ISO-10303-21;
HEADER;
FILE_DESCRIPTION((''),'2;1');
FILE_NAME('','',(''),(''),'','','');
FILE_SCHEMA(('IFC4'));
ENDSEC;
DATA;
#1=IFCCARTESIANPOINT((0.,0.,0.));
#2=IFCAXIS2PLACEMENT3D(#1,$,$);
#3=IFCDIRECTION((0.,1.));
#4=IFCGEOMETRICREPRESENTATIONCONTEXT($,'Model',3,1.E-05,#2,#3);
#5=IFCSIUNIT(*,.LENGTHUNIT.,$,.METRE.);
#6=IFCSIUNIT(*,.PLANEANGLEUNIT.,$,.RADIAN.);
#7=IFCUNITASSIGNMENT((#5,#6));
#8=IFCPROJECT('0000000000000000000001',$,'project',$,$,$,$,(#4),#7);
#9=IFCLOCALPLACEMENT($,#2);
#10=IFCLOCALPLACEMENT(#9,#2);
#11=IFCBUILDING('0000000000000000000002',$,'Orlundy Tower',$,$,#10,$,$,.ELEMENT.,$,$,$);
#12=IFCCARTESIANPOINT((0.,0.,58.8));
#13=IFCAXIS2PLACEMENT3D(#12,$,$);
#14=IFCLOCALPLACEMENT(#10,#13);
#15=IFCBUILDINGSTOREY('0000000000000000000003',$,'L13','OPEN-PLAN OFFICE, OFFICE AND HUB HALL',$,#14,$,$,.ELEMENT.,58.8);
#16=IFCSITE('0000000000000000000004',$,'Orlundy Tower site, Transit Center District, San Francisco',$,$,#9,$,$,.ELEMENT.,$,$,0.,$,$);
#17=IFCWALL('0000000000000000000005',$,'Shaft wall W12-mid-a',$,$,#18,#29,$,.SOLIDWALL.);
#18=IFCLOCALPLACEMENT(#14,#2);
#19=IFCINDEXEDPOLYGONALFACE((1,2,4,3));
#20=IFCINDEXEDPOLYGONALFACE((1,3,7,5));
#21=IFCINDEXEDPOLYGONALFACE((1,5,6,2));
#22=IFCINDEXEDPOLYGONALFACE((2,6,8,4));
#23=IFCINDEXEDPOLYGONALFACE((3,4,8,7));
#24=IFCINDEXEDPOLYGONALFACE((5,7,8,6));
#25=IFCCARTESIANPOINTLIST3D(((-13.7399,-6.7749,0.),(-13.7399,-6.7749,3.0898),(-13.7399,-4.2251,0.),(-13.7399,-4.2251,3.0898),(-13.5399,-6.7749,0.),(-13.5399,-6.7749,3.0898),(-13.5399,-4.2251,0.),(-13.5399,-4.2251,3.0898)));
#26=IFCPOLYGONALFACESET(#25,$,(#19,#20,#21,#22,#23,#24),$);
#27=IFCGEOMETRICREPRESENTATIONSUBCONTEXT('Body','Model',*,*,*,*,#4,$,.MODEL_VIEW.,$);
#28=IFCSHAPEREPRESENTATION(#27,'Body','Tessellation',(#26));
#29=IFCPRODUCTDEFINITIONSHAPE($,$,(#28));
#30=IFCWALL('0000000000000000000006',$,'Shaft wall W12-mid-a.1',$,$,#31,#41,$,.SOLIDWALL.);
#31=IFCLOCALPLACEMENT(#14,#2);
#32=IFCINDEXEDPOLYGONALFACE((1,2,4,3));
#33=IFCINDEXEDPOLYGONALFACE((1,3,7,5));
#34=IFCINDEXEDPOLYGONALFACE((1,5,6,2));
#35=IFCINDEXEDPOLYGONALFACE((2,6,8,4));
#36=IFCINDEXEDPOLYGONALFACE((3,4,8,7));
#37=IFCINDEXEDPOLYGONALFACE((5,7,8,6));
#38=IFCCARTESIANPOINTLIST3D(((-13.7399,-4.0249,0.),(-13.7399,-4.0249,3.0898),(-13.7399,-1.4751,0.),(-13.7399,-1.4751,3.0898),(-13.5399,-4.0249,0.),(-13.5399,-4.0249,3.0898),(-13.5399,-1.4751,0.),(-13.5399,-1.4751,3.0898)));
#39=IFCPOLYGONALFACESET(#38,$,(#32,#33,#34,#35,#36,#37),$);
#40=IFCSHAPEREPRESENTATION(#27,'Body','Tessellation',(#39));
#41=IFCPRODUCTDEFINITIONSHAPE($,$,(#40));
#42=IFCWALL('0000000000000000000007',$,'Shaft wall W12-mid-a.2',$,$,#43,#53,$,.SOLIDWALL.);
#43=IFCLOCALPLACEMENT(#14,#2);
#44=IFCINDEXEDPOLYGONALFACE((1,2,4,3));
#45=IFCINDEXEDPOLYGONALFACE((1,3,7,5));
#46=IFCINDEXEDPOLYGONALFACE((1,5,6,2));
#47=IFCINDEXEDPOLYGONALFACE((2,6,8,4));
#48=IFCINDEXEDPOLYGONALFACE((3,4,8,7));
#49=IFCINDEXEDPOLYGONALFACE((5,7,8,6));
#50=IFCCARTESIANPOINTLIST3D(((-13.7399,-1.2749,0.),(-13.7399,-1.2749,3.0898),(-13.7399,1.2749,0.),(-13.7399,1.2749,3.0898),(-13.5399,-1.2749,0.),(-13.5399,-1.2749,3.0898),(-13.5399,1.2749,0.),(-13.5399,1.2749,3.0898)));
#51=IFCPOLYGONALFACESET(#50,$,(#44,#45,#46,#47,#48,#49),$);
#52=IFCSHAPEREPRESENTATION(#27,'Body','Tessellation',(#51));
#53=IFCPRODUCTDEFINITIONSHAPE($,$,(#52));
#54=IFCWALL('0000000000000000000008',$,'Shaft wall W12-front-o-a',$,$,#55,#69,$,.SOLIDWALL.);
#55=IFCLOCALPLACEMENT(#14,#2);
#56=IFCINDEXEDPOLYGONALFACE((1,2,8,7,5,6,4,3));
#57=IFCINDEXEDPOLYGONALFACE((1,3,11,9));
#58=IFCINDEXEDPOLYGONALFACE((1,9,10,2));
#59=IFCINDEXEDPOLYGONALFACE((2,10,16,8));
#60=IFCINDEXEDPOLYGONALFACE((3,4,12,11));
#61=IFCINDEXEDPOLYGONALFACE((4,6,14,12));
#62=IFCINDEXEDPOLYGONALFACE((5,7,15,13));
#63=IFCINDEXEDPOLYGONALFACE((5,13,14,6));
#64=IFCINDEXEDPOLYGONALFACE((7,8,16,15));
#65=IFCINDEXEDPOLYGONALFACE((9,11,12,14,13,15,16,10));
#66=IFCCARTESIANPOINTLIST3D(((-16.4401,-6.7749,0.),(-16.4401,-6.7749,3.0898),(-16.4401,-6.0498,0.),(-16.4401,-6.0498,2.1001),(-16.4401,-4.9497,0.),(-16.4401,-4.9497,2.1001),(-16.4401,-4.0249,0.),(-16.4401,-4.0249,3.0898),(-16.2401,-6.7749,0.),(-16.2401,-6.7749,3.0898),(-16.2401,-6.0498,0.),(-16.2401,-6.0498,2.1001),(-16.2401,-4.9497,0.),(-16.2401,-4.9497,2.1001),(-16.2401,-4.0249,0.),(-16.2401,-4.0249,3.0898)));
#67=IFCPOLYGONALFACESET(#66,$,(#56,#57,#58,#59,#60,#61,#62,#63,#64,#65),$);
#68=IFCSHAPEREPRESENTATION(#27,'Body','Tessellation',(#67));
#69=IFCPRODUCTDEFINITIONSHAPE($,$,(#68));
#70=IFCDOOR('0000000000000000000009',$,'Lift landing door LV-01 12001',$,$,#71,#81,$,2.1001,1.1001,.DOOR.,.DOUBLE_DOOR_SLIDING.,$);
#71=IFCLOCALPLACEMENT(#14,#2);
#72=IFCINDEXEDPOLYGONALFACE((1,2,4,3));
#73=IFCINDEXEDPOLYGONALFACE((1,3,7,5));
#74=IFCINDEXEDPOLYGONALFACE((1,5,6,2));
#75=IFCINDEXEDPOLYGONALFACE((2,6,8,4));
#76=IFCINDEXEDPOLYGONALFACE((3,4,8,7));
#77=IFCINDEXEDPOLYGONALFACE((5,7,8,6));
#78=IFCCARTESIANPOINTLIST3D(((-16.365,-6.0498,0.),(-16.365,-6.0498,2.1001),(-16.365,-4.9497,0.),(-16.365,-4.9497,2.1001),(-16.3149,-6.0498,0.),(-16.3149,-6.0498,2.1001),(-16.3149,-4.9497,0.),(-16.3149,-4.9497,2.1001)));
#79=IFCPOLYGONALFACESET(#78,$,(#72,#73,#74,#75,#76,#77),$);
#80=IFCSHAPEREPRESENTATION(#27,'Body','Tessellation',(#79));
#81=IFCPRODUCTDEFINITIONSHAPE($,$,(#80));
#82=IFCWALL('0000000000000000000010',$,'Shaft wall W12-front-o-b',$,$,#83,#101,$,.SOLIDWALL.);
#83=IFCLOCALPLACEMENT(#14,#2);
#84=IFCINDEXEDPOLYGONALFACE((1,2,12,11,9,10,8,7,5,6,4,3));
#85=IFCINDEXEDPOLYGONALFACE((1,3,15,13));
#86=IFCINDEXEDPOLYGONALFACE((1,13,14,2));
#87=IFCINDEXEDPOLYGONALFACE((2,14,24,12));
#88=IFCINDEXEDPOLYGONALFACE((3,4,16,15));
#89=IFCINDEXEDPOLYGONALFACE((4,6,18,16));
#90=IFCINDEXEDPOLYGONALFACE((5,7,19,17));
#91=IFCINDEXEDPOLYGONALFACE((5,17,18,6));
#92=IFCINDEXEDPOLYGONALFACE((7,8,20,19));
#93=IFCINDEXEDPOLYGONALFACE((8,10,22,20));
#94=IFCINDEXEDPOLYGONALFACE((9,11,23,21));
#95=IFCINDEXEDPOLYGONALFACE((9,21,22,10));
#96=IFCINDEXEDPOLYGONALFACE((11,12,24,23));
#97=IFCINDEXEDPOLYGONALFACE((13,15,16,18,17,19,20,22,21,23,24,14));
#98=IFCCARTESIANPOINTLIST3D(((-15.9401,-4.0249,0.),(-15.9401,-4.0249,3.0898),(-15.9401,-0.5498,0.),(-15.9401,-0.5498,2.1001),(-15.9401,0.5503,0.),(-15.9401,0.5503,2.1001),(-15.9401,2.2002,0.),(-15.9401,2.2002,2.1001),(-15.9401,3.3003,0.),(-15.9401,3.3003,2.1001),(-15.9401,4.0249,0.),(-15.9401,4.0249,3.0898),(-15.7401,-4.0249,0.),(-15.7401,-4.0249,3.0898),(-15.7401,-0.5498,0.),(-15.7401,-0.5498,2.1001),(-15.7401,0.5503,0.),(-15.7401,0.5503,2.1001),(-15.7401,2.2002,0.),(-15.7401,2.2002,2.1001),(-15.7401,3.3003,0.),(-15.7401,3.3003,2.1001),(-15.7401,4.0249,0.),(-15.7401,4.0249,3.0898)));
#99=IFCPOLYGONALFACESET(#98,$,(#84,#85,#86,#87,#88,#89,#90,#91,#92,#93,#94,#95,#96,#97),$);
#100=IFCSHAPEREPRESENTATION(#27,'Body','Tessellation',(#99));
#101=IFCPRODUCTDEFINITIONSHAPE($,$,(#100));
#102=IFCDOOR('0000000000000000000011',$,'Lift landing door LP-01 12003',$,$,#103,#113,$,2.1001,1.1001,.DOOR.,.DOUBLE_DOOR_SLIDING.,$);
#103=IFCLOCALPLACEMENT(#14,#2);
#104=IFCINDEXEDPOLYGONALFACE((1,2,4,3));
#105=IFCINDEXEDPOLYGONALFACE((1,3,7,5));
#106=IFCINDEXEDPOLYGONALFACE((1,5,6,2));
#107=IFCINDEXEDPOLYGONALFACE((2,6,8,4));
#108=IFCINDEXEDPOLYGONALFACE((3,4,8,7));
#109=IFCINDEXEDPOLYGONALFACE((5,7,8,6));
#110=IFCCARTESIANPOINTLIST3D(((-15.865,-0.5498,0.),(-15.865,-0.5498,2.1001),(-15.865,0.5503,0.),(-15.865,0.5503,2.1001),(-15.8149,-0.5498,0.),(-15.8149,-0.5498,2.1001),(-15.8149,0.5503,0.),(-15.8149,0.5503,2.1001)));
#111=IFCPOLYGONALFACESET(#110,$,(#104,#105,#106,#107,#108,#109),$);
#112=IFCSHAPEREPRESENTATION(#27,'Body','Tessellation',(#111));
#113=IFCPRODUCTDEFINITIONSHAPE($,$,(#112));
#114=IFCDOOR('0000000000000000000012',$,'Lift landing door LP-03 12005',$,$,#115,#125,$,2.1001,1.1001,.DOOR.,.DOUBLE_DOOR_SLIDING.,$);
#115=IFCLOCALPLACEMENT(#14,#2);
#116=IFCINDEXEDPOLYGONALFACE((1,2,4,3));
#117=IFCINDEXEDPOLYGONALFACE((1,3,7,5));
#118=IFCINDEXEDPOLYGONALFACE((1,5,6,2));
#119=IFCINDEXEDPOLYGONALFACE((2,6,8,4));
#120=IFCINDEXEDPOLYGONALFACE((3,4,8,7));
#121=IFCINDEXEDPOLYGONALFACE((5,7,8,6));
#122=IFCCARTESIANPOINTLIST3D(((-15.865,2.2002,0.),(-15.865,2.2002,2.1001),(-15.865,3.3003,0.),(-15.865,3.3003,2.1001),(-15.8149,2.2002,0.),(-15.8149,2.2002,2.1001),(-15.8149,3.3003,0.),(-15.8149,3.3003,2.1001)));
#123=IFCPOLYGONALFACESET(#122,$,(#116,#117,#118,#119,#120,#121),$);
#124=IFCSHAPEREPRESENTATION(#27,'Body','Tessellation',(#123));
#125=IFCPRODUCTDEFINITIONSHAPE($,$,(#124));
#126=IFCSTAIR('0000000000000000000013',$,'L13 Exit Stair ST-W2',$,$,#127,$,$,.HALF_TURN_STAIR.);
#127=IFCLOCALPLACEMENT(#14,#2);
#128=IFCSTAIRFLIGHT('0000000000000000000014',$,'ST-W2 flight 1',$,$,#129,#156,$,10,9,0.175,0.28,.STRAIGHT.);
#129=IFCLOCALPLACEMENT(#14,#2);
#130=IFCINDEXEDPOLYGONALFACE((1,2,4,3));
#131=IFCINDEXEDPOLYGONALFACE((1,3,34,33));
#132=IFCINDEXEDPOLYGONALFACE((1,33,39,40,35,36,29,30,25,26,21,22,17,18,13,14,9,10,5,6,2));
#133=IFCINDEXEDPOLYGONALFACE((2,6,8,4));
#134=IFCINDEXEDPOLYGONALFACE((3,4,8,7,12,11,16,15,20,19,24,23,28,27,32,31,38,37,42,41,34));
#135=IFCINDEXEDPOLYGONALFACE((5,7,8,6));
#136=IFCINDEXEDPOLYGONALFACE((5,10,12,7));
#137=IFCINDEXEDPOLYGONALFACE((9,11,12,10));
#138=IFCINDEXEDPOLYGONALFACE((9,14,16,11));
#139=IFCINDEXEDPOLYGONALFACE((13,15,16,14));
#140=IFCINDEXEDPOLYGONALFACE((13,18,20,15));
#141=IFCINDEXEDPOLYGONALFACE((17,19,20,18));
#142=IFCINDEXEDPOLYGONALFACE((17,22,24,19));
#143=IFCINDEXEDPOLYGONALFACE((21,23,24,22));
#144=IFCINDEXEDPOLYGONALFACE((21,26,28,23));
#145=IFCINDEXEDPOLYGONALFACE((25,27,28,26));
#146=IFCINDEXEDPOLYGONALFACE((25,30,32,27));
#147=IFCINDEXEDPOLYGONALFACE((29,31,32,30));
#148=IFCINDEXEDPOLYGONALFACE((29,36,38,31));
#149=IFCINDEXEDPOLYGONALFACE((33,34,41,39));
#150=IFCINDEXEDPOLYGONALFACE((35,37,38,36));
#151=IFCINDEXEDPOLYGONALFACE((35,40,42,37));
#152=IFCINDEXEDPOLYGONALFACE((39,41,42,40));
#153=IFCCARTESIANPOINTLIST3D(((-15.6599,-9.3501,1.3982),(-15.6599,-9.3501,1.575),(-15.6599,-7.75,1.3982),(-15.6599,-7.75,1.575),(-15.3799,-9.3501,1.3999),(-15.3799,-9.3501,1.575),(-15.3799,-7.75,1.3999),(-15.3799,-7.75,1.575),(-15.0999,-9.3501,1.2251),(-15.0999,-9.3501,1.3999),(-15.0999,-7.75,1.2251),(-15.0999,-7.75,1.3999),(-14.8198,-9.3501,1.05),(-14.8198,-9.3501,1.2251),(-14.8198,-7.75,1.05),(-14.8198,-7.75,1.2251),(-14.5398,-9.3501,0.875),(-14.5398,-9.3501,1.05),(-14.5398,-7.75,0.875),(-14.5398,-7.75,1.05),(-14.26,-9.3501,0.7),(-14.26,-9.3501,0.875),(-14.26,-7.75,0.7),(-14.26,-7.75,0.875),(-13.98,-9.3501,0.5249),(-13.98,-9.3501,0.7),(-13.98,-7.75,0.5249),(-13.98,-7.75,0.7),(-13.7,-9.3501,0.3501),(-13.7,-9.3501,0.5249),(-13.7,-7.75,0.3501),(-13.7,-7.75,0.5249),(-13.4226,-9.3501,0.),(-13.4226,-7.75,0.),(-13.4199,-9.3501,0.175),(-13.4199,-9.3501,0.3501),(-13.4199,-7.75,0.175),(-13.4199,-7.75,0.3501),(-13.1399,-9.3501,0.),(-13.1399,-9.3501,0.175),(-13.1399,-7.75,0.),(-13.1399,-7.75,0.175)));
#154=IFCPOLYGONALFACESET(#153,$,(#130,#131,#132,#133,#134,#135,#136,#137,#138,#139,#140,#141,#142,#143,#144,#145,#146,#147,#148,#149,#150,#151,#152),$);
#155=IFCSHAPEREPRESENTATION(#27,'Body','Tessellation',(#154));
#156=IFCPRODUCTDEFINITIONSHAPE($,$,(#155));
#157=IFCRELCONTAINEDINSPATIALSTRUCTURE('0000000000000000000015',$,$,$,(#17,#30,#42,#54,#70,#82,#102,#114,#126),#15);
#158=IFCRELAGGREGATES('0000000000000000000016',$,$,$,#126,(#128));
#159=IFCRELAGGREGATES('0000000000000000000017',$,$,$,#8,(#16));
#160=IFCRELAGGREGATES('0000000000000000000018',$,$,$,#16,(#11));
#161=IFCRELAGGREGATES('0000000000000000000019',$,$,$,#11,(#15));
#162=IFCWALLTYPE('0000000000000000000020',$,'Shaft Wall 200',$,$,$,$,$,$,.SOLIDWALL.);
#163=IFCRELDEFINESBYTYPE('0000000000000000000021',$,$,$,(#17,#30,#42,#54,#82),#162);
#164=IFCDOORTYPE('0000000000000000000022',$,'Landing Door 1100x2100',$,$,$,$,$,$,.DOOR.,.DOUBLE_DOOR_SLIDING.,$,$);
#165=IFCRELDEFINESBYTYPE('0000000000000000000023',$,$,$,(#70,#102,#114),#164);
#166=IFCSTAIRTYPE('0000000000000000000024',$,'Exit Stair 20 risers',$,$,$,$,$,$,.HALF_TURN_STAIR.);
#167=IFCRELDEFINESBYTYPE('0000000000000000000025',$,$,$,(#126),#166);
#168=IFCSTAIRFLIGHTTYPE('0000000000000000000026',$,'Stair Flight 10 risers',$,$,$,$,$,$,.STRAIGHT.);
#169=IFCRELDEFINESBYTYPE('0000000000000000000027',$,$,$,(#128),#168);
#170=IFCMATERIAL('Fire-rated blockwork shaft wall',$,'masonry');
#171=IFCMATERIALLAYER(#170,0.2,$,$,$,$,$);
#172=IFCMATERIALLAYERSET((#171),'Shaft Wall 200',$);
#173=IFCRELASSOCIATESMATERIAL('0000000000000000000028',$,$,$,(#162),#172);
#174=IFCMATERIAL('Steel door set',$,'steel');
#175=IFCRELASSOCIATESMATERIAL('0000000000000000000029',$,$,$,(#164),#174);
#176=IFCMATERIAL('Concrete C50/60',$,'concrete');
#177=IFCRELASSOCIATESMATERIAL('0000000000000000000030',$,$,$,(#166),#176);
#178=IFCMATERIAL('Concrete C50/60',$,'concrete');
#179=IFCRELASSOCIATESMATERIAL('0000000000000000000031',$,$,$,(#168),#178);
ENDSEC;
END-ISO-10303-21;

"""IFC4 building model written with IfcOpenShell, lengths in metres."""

from ifc_helpers import new_model, si_unit, direction, frame, frame_2d, origin, place, context, subcontext, project, spatial, polyline, rectangle, outline, extrude, material, layer, layer_set, type_object, element, fill, aggregate, save


model = new_model("IFC4")

# Units and contexts
model_context = context("Model", 3, precision=1e-05, world=origin(), true_north=direction((0.0, 1.0)))
body_context = subcontext(model_context, "Body", "Model", "MODEL_VIEW")
ifc_project = project(units=[si_unit("LENGTHUNIT", "METRE"), si_unit("PLANEANGLEUNIT", "RADIAN")], contexts=[model_context])

# Site, building, storey
site_placement = place(None, origin())
site = spatial("IfcSite", under=ifc_project, at=site_placement, Name="Orlundy Tower site, Transit Center District, San Francisco", CompositionType="ELEMENT", RefElevation=0.0)
building_placement = place(site_placement, origin())
building = spatial("IfcBuilding", under=site, at=building_placement, Name="Orlundy Tower", CompositionType="ELEMENT")
storey_placement = place(building_placement, frame((0.0, 0.0, 58.8)))
storey = spatial("IfcBuildingStorey", under=building, at=storey_placement, Name="L13", Description="OPEN-PLAN OFFICE, OFFICE AND HUB HALL", CompositionType="ELEMENT", Elevation=58.8)

# Walls
ifc_material_1 = material(Name="Fire-rated blockwork shaft wall", Category="masonry")
ifc_layer_1 = layer(ifc_material_1, 0.2)
ifc_layer_set_1 = layer_set([ifc_layer_1], Name="Shaft Wall 200")
wall_type_1 = type_object("IfcWallType", Name="Shaft Wall 200", PredefinedType="SOLIDWALL", material=ifc_layer_set_1)
for number, where, z_axis, x_axis, name in (
    (1, (-13.6399, -6.7749, 0.0), (0.0, 0.0, 1.0), (0.0, 1.0, 0.0), "Shaft wall W12-mid-a"),
    (2, (-13.6399, -4.0249, 0.0), (0.0, 0.0, 1.0), (0.0, 1.0, 0.0), "Shaft wall W12-mid-a.1"),
    (3, (-13.6399, -1.2749, 0.0), (0.0, 0.0, 1.0), (0.0, 1.0, 0.0), "Shaft wall W12-mid-a.2"),
):
    element("IfcWall", number, at=place(storey_placement, frame(where, z_axis=z_axis, x_axis=x_axis)), inside=storey, type_object=wall_type_1, Name=name, PredefinedType="SOLIDWALL", context=body_context, shape_type="SweptSolid", body=[
        extrude(rectangle(XDim=2.5498, YDim=0.2, at=frame_2d((1.2749, 0.0))), origin(), (0.0, 0.0, 1.0), 3.0898),
    ])

# Wall, opening, door
wall_1_placement = place(storey_placement, frame((-16.3401, -6.7749, 0.0), z_axis=(0.0, 0.0, 1.0), x_axis=(0.0, 1.0, 0.0)))
wall_1 = element("IfcWall", 4, at=wall_1_placement, inside=storey, type_object=wall_type_1, Name="Shaft wall W12-front-o-a", PredefinedType="SOLIDWALL", context=body_context, shape_type="SweptSolid", body=[
    extrude(rectangle(XDim=2.75, YDim=0.2, at=frame_2d((1.375, 0.0))), origin(), (0.0, 0.0, 1.0), 3.0898),
])
opening_1_placement = place(wall_1_placement, frame((0.7251, 0.0, 0.0)))
opening_1 = element("IfcOpeningElement", 5, at=opening_1_placement, cuts=wall_1, PredefinedType="OPENING", context=body_context, shape_type="SweptSolid", body=[
    extrude(rectangle(XDim=1.1001, YDim=2.1001, at=frame_2d((0.55, 1.05))), frame((0.0, 0.1101, 0.0), z_axis=(0.0, -1.0, 0.0), x_axis=(1.0, 0.0, 0.0)), (0.0, 0.0, 1.0), 0.2202),
])
ifc_material_2 = material(Name="Steel door set", Category="steel")
door_type_1 = type_object("IfcDoorType", Name="Landing Door 1100x2100", OperationType="DOUBLE_DOOR_SLIDING", PredefinedType="DOOR", material=ifc_material_2)
door_1_placement = place(opening_1_placement, origin())
door_1 = element("IfcDoor", 6, at=door_1_placement, inside=storey, type_object=door_type_1, Name="Lift landing door LV-01 12001", OperationType="DOUBLE_DOOR_SLIDING", OverallHeight=2.1001, OverallWidth=1.1001, PredefinedType="DOOR", context=body_context, shape_type="SweptSolid", body=[
    extrude(rectangle(XDim=1.1001, YDim=2.1001, at=frame_2d((0.55, 1.05))), frame((0.0, 0.0249, 0.0), z_axis=(0.0, -1.0, 0.0), x_axis=(1.0, 0.0, 0.0)), (0.0, 0.0, 1.0), 0.05),
])
fill(opening_1, door_1)

# Wall, openings, doors
wall_2_placement = place(storey_placement, frame((-15.8401, -4.0249, 0.0), z_axis=(0.0, 0.0, 1.0), x_axis=(0.0, 1.0, 0.0)))
wall_2 = element("IfcWall", 7, at=wall_2_placement, inside=storey, type_object=wall_type_1, Name="Shaft wall W12-front-o-b", PredefinedType="SOLIDWALL", context=body_context, shape_type="SweptSolid", body=[
    extrude(rectangle(XDim=8.0498, YDim=0.2, at=frame_2d((4.0249, 0.0))), origin(), (0.0, 0.0, 1.0), 3.0898),
])
opening_2_placement = place(wall_2_placement, frame((3.4751, 0.0, 0.0)))
opening_2 = element("IfcOpeningElement", 8, at=opening_2_placement, cuts=wall_2, PredefinedType="OPENING", context=body_context, shape_type="SweptSolid", body=[
    extrude(rectangle(XDim=1.1001, YDim=2.1001, at=frame_2d((0.55, 1.05))), frame((0.0, 0.1101, 0.0), z_axis=(0.0, -1.0, 0.0), x_axis=(1.0, 0.0, 0.0)), (0.0, 0.0, 1.0), 0.2202),
])
opening_3_placement = place(wall_2_placement, frame((6.2251, 0.0, 0.0)))
opening_3 = element("IfcOpeningElement", 9, at=opening_3_placement, cuts=wall_2, PredefinedType="OPENING", context=body_context, shape_type="SweptSolid", body=[
    extrude(rectangle(XDim=1.1001, YDim=2.1001, at=frame_2d((0.55, 1.05))), frame((0.0, 0.1101, 0.0), z_axis=(0.0, -1.0, 0.0), x_axis=(1.0, 0.0, 0.0)), (0.0, 0.0, 1.0), 0.2202),
])
door_2_placement = place(opening_2_placement, origin())
door_2 = element("IfcDoor", 10, at=door_2_placement, inside=storey, type_object=door_type_1, Name="Lift landing door LP-01 12003", OperationType="DOUBLE_DOOR_SLIDING", OverallHeight=2.1001, OverallWidth=1.1001, PredefinedType="DOOR", context=body_context, shape_type="SweptSolid", body=[
    extrude(rectangle(XDim=1.1001, YDim=2.1001, at=frame_2d((0.55, 1.05))), frame((0.0, 0.0249, 0.0), z_axis=(0.0, -1.0, 0.0), x_axis=(1.0, 0.0, 0.0)), (0.0, 0.0, 1.0), 0.05),
])
fill(opening_2, door_2)
door_3_placement = place(opening_3_placement, origin())
door_3 = element("IfcDoor", 11, at=door_3_placement, inside=storey, type_object=door_type_1, Name="Lift landing door LP-03 12005", OperationType="DOUBLE_DOOR_SLIDING", OverallHeight=2.1001, OverallWidth=1.1001, PredefinedType="DOOR", context=body_context, shape_type="SweptSolid", body=[
    extrude(rectangle(XDim=1.1001, YDim=2.1001, at=frame_2d((0.55, 1.05))), frame((0.0, 0.0249, 0.0), z_axis=(0.0, -1.0, 0.0), x_axis=(1.0, 0.0, 0.0)), (0.0, 0.0, 1.0), 0.05),
])
fill(opening_3, door_3)

# Stair, stair flight
ifc_material_3 = material(Name="Concrete C50/60", Category="concrete")
stair_type = type_object("IfcStairType", Name="Exit Stair 20 risers", PredefinedType="HALF_TURN_STAIR", material=ifc_material_3)
stair_placement = place(storey_placement, origin())
stair = element("IfcStair", 12, at=stair_placement, inside=storey, type_object=stair_type, Name="L13 Exit Stair ST-W2", PredefinedType="HALF_TURN_STAIR")
ifc_material_4 = material(Name="Concrete C50/60", Category="concrete")
stair_flight_type = type_object("IfcStairFlightType", Name="Stair Flight 10 risers", PredefinedType="STRAIGHT", material=ifc_material_4)
stair_flight_1_placement = place(storey_placement, frame((-13.1399, -8.55, 0.0), z_axis=(0.0, 0.0, 1.0), x_axis=(-1.0, 0.0, 0.0)))
stair_flight_1 = element("IfcStairFlight", 13, at=stair_flight_1_placement, type_object=stair_flight_type, Name="ST-W2 flight 1", NumberOfRisers=10, NumberOfTreads=9, PredefinedType="STRAIGHT", RiserHeight=0.175, TreadLength=0.28, context=body_context, shape_type="SweptSolid", body=[
    extrude(outline(polyline([(0.0, 0.0), (0.0, 0.175), (0.28, 0.175), (0.28, 0.3501), (0.5601, 0.3501), (0.5601, 0.5249), (0.8401, 0.5249), (0.8401, 0.7), (1.1201, 0.7), (1.1201, 0.875), (1.3999, 0.875), (1.3999, 1.05), (1.6799, 1.05), (1.6799, 1.2251), (1.96, 1.2251), (1.96, 1.3999), (2.24, 1.3999), (2.24, 1.575), (2.52, 1.575), (2.52, 1.75), (2.52, 1.3982), (0.2827, 0.0), (0.0, 0.0)])), frame((0.0, 0.8, 0.0), z_axis=(0.0, -1.0, 0.0), x_axis=(1.0, 0.0, 0.0)), (0.0, 0.0, 1.0), 1.6001),
])
aggregate(stair, [stair_flight_1])

save(model, "model.ifc")
